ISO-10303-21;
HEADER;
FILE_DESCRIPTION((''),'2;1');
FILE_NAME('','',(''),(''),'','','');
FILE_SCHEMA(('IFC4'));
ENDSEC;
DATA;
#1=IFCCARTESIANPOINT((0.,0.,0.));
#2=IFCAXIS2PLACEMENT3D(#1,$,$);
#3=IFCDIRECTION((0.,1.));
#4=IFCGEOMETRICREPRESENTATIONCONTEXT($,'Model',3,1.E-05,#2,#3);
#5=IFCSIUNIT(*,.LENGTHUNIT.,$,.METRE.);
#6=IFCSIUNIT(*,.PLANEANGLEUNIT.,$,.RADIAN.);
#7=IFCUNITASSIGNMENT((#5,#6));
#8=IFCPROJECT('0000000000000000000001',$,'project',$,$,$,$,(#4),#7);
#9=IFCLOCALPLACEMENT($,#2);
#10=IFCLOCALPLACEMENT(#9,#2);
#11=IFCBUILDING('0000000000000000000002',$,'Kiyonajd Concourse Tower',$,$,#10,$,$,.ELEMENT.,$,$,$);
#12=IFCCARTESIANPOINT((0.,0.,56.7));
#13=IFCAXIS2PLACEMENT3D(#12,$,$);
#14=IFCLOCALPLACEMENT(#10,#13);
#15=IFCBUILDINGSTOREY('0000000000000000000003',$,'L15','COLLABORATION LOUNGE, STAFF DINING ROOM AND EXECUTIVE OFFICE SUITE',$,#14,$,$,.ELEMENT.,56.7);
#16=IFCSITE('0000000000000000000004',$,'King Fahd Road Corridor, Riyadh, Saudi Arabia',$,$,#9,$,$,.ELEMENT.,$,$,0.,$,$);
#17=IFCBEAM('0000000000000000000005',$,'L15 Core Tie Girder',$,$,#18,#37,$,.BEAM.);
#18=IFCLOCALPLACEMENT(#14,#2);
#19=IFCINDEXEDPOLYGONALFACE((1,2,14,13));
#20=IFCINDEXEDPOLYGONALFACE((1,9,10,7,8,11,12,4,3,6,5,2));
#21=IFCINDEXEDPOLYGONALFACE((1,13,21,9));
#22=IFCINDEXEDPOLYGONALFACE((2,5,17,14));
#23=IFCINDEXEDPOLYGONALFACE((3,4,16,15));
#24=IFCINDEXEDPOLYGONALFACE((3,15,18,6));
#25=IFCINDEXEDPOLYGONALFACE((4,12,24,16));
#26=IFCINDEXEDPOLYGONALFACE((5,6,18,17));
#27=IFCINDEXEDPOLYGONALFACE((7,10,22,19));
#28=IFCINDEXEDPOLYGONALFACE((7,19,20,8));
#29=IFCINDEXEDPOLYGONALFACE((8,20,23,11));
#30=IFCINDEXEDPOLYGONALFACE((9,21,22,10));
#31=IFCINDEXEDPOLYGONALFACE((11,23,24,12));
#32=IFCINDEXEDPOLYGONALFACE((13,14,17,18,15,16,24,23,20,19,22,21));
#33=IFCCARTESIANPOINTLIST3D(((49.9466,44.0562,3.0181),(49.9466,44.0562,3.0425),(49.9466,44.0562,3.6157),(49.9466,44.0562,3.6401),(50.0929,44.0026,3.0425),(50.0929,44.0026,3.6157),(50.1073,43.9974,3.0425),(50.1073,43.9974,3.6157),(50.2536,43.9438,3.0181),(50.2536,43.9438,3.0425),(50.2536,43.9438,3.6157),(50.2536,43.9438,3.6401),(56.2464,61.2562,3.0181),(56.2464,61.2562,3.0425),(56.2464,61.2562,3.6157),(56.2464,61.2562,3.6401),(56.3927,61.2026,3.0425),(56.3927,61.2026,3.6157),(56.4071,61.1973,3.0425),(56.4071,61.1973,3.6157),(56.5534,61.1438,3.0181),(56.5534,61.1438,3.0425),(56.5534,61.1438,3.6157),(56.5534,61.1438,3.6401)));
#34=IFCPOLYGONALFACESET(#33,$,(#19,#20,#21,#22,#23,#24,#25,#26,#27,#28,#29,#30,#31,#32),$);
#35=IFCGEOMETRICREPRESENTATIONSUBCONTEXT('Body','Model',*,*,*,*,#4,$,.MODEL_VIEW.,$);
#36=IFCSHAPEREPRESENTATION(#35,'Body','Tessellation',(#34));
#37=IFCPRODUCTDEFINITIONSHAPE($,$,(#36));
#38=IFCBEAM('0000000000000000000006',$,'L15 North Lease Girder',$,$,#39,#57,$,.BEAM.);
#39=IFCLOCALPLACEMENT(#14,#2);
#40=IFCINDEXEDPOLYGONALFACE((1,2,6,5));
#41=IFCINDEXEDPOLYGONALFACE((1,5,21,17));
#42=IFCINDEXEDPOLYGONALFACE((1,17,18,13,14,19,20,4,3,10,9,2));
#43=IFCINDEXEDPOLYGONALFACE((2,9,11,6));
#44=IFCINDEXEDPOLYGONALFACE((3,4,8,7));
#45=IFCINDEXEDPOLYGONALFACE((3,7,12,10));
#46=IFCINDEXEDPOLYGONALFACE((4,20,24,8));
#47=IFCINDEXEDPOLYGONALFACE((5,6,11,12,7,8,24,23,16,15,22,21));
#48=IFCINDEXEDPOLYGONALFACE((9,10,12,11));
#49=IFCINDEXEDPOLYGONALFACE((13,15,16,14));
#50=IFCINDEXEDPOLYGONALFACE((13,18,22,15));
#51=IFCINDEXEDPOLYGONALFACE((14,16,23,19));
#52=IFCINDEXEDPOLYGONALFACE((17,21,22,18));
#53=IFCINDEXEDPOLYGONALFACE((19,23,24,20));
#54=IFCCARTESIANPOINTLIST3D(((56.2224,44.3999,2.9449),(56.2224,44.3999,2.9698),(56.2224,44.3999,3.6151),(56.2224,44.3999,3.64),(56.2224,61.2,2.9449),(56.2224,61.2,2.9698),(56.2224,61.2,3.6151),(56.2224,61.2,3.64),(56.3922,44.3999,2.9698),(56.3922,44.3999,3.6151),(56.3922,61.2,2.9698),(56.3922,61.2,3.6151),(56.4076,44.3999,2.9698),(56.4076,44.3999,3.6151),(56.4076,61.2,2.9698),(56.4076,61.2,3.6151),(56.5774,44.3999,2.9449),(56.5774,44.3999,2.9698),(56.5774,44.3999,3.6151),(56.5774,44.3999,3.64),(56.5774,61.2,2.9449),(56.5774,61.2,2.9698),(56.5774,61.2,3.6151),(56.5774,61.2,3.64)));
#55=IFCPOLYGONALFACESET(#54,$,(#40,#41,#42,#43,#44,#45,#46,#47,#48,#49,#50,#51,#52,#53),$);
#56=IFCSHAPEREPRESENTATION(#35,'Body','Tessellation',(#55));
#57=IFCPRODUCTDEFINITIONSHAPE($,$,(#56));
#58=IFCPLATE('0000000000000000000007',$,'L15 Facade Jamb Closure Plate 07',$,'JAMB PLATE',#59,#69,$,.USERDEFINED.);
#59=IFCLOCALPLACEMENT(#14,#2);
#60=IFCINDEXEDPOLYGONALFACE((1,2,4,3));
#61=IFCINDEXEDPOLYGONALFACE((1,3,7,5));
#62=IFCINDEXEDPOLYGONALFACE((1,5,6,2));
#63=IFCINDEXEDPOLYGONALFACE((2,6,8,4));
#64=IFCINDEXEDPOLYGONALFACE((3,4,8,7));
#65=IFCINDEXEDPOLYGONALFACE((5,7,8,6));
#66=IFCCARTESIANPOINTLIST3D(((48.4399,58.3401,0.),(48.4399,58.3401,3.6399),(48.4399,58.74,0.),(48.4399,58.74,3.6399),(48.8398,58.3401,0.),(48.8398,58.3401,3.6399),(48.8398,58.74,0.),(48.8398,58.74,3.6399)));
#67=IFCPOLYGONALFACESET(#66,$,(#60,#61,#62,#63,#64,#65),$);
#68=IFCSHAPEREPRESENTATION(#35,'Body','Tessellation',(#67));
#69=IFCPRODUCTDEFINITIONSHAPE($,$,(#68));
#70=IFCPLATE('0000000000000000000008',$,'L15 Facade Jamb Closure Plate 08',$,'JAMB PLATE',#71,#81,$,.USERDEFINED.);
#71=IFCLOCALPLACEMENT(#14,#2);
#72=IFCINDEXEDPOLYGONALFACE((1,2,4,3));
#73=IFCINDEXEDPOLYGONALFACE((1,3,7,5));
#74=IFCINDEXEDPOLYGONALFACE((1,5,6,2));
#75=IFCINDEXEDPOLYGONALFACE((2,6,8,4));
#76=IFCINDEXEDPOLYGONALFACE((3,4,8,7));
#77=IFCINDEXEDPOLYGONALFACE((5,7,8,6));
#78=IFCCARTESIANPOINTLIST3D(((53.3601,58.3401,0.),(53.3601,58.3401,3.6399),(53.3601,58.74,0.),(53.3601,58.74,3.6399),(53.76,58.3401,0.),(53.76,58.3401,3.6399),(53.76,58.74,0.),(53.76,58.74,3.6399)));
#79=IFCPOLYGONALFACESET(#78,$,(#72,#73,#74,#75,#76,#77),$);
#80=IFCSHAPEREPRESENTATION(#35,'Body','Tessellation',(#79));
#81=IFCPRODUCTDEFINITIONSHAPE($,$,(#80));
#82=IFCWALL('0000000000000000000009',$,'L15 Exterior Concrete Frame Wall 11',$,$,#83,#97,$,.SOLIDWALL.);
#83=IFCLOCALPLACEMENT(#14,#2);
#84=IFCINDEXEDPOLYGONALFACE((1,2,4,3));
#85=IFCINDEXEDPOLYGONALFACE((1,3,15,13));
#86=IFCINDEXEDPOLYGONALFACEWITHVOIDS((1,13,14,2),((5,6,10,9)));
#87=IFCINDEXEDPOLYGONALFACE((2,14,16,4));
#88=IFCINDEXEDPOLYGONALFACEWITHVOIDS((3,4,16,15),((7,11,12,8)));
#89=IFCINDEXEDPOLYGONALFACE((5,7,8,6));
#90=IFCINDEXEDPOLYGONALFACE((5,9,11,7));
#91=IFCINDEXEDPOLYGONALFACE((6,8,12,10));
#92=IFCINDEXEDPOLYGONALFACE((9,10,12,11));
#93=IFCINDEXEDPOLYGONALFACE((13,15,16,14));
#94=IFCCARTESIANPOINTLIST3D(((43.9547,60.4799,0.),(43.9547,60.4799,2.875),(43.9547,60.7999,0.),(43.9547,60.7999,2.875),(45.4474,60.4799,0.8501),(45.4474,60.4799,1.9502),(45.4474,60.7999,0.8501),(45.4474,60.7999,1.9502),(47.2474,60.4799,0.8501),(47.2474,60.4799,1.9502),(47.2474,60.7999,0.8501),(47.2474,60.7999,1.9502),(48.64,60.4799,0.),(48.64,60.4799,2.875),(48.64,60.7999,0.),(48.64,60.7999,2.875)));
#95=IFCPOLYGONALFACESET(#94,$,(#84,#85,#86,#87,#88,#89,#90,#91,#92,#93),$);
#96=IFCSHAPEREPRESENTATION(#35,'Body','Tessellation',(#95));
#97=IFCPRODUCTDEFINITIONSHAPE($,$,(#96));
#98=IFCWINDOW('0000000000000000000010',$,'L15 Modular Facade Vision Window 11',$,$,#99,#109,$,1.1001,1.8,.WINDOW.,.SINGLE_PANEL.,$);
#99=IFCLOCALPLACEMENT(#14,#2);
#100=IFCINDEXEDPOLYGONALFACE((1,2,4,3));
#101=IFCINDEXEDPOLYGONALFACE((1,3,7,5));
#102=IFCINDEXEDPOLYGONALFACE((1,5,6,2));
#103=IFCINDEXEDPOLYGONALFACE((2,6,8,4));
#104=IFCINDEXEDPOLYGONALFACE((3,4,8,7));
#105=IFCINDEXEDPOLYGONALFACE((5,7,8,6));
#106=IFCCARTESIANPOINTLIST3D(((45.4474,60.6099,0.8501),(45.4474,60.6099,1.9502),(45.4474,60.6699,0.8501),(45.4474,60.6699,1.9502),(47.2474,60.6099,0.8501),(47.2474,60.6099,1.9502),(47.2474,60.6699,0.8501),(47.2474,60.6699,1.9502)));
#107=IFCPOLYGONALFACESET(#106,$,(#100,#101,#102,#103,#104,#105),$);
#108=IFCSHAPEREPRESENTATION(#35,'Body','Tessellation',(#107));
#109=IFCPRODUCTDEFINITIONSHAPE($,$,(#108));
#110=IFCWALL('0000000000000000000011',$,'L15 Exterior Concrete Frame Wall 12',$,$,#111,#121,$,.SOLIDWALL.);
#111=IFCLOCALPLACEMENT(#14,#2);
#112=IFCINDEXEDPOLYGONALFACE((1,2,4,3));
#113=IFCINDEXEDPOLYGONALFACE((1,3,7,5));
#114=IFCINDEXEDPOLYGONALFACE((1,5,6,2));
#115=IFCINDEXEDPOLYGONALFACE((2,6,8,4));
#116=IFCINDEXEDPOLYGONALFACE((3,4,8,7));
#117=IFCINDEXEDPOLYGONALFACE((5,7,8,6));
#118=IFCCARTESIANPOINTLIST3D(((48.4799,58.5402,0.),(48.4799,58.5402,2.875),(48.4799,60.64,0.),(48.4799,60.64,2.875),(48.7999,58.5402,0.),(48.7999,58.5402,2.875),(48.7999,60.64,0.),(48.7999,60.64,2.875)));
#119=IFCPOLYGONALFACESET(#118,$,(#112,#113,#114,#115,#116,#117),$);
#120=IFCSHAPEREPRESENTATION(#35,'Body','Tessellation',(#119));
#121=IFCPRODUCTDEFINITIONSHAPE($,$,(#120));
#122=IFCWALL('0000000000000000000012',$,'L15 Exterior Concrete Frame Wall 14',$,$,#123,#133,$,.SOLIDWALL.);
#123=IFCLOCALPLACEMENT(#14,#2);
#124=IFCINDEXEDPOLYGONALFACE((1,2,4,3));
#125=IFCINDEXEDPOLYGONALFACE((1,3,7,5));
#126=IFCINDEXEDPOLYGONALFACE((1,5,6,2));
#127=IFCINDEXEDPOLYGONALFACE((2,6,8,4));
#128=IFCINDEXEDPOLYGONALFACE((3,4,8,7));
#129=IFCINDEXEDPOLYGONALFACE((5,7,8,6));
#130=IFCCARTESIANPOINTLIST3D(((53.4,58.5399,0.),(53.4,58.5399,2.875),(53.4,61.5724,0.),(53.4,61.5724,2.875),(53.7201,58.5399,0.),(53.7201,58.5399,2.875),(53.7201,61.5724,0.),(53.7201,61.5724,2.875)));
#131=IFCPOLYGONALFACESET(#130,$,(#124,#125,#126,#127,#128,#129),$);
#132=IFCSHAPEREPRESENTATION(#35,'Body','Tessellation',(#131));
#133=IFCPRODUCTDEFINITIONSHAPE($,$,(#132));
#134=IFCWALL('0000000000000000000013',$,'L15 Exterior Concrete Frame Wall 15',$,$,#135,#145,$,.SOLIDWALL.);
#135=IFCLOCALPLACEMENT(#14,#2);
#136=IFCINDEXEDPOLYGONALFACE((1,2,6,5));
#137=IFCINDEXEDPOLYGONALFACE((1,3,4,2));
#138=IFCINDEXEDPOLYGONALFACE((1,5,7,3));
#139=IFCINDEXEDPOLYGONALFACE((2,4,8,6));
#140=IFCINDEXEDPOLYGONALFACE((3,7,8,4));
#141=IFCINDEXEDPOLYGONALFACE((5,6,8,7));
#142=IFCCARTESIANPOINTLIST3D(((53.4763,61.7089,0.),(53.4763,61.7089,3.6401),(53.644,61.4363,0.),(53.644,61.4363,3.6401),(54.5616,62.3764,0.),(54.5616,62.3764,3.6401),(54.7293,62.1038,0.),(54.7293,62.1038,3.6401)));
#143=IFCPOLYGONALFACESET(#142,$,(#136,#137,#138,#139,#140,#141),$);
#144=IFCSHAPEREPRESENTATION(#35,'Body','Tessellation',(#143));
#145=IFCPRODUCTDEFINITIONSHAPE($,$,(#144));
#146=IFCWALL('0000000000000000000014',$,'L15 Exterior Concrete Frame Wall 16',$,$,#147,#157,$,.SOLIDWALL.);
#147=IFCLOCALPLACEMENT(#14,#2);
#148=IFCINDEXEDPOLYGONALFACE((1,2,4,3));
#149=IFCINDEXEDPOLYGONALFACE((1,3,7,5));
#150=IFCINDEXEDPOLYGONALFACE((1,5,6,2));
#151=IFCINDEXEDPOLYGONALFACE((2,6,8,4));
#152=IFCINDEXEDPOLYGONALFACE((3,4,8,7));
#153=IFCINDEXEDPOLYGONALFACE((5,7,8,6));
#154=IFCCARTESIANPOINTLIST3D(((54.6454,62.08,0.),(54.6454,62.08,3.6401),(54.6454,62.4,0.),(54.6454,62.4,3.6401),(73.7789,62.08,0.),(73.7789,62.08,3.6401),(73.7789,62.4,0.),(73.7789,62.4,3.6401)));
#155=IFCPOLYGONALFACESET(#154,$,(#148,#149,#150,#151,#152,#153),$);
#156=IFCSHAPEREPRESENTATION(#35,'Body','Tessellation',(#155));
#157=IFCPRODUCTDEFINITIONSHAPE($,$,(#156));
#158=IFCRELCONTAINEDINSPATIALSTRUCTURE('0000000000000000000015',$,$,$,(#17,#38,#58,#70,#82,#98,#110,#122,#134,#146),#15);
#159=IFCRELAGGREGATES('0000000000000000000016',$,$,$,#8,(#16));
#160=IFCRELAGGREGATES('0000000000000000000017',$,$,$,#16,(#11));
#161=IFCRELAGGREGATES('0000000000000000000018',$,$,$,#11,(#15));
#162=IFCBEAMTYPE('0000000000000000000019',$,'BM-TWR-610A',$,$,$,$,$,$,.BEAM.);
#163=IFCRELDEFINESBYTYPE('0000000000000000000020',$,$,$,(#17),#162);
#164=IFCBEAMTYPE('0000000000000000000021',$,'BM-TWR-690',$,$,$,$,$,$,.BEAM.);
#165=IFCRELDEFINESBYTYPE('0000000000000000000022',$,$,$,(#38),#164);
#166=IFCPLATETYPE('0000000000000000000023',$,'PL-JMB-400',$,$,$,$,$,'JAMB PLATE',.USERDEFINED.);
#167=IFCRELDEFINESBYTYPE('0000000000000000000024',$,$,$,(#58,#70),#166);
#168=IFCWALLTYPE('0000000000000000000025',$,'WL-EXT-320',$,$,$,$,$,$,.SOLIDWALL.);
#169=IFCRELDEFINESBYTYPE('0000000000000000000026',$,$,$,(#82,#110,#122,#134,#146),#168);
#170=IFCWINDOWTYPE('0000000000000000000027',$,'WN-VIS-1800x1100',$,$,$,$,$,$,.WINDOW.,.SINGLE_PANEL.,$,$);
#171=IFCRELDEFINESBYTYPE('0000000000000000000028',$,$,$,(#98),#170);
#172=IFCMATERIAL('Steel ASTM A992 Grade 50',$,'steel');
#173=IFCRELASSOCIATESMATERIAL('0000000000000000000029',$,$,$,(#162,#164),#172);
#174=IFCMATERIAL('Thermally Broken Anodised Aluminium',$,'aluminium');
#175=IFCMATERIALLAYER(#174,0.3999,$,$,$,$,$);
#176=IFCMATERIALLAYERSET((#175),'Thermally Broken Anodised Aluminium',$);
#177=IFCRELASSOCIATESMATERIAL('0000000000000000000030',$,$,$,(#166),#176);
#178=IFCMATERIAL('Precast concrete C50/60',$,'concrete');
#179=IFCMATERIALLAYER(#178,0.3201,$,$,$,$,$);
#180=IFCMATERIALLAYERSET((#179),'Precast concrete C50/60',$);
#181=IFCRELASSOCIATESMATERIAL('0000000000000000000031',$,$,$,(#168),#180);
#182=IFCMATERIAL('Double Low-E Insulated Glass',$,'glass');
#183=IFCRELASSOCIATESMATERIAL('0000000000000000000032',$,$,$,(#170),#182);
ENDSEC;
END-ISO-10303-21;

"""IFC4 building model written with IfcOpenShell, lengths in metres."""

from ifc_helpers import new_model, si_unit, direction, frame, frame_2d, origin, origin_2d, place, context, subcontext, project, spatial, rectangle, i_section, extrude, material, layer, layer_set, material_profile, profile_set, type_object, element, fill, save


model = new_model("IFC4")

# Units and contexts
model_context = context("Model", 3, precision=1e-05, world=origin(), true_north=direction((0.0, 1.0)))
body_context = subcontext(model_context, "Body", "Model", "MODEL_VIEW")
ifc_project = project(units=[si_unit("LENGTHUNIT", "METRE"), si_unit("PLANEANGLEUNIT", "RADIAN")], contexts=[model_context])

# Site, building, storey
site_placement = place(None, origin())
site = spatial("IfcSite", under=ifc_project, at=site_placement, Name="King Fahd Road Corridor, Riyadh, Saudi Arabia", CompositionType="ELEMENT", RefElevation=0.0)
building_placement = place(site_placement, origin())
building = spatial("IfcBuilding", under=site, at=building_placement, Name="Kiyonajd Concourse Tower", CompositionType="ELEMENT")
storey_placement = place(building_placement, frame((0.0, 0.0, 56.7)))
storey = spatial("IfcBuildingStorey", under=building, at=storey_placement, Name="L15", Description="COLLABORATION LOUNGE, STAFF DINING ROOM AND EXECUTIVE OFFICE SUITE", CompositionType="ELEMENT", Elevation=56.7)

# Beams
ifc_material_1 = material(Name="Steel ASTM A992 Grade 50", Category="steel")
ifc_material_2 = material(Name="Precast concrete C50/60", Category="concrete")
ifc_material_profile_1 = material_profile(ifc_material_1, i_section(OverallWidth=0.3269, OverallDepth=0.6221, WebThickness=0.0154, FlangeThickness=0.0244, at=origin_2d()), Name="W610X195")
ifc_profile_set_1 = profile_set([ifc_material_profile_1], Name="Steel ASTM A992 Grade 50")
beam_type_1 = type_object("IfcBeamType", Name="BM-TWR-610A", PredefinedType="BEAM", material=ifc_profile_set_1)
beam_1_placement = place(storey_placement, frame((50.1001, 44.0, 3.3291), z_axis=(0.343925, 0.938997, 0.0), x_axis=(-0.938997, 0.343925, 0.0)))
element("IfcBeam", 1, at=beam_1_placement, inside=storey, type_object=beam_type_1, Name="L15 Core Tie Girder", PredefinedType="BEAM", context=body_context, shape_type="SweptSolid", body=[
    extrude(i_section(OverallWidth=0.3269, OverallDepth=0.6221, WebThickness=0.0154, FlangeThickness=0.0244, at=origin_2d()), origin(), (0.0, 0.0, 1.0), 18.3174),
])
ifc_material_profile_2 = material_profile(ifc_material_1, i_section(OverallWidth=0.355, OverallDepth=0.6951, WebThickness=0.0154, FlangeThickness=0.0249, at=origin_2d()), Name="W690X217")
ifc_profile_set_2 = profile_set([ifc_material_profile_2], Name="Steel ASTM A992 Grade 50")
beam_type_2 = type_object("IfcBeamType", Name="BM-TWR-690", PredefinedType="BEAM", material=ifc_profile_set_2)
beam_2_placement = place(storey_placement, frame((56.3999, 44.3999, 3.2925), z_axis=(0.0, 1.0, 0.0), x_axis=(-1.0, 0.0, 0.0)))
element("IfcBeam", 2, at=beam_2_placement, inside=storey, type_object=beam_type_2, Name="L15 North Lease Girder", PredefinedType="BEAM", context=body_context, shape_type="SweptSolid", body=[
    extrude(i_section(OverallWidth=0.355, OverallDepth=0.6951, WebThickness=0.0154, FlangeThickness=0.0249, at=origin_2d()), origin(), (0.0, 0.0, 1.0), 16.8),
])

# Plates
ifc_material_3 = material(Name="Thermally Broken Anodised Aluminium", Category="aluminium")
ifc_layer_1 = layer(ifc_material_3, 0.3999)
ifc_layer_set_1 = layer_set([ifc_layer_1], Name="Thermally Broken Anodised Aluminium")
plate_type = type_object("IfcPlateType", Name="PL-JMB-400", ElementType="JAMB PLATE", PredefinedType="USERDEFINED", material=ifc_layer_set_1)
for number, where, z_axis, x_axis, name in (
    (3, (48.6399, 58.54, 0.0), (0.0, 0.0, 1.0), (1.0, 0.0, 0.0), "L15 Facade Jamb Closure Plate 07"),
    (4, (53.5601, 58.54, 0.0), (0.0, 0.0, 1.0), (1.0, 0.0, 0.0), "L15 Facade Jamb Closure Plate 08"),
):
    element("IfcPlate", number, at=place(storey_placement, frame(where, z_axis=z_axis, x_axis=x_axis)), inside=storey, type_object=plate_type, Name=name, ObjectType="JAMB PLATE", PredefinedType="USERDEFINED", context=body_context, shape_type="SweptSolid", body=[
        extrude(rectangle(XDim=0.3999, YDim=0.3999, at=origin_2d()), origin(), (0.0, 0.0, 1.0), 3.6399),
    ])

# Wall, opening, window
ifc_layer_2 = layer(ifc_material_2, 0.3201)
ifc_layer_set_2 = layer_set([ifc_layer_2], Name="Precast concrete C50/60")
wall_type_1 = type_object("IfcWallType", Name="WL-EXT-320", PredefinedType="SOLIDWALL", material=ifc_layer_set_2)
wall_1_placement = place(storey_placement, frame((43.9546, 60.6399, 0.0), z_axis=(0.0, 0.0, 1.0), x_axis=(1.0, 0.0, 0.0)))
wall_1 = element("IfcWall", 5, at=wall_1_placement, inside=storey, type_object=wall_type_1, Name="L15 Exterior Concrete Frame Wall 11", PredefinedType="SOLIDWALL", context=body_context, shape_type="SweptSolid", body=[
    extrude(rectangle(XDim=4.6853, YDim=0.3201, at=frame_2d((2.3428, 0.0))), origin(), (0.0, 0.0, 1.0), 2.875),
])
opening_1_placement = place(wall_1_placement, frame((1.4929, 0.0, 0.8501)))
opening_1 = element("IfcOpeningElement", 6, at=opening_1_placement, cuts=wall_1, PredefinedType="OPENING", context=body_context, shape_type="SweptSolid", body=[
    extrude(rectangle(XDim=1.8, YDim=1.1001, at=frame_2d((0.8999, 0.55))), frame((0.0, 0.1699, 0.0), z_axis=(0.0, -1.0, 0.0), x_axis=(1.0, 0.0, 0.0)), (0.0, 0.0, 1.0), 0.3401),
])
ifc_material_4 = material(Name="Double Low-E Insulated Glass", Category="glass")
window_type = type_object("IfcWindowType", Name="WN-VIS-1800x1100", PartitioningType="SINGLE_PANEL", PredefinedType="WINDOW", material=ifc_material_4)
window_placement = place(opening_1_placement, origin())
window = element("IfcWindow", 7, at=window_placement, inside=storey, type_object=window_type, Name="L15 Modular Facade Vision Window 11", OverallHeight=1.1001, OverallWidth=1.8, PartitioningType="SINGLE_PANEL", PredefinedType="WINDOW", context=body_context, shape_type="SweptSolid", body=[
    extrude(rectangle(XDim=1.8, YDim=1.1001, at=frame_2d((0.8999, 0.55))), frame((0.0, 0.03, 0.0), z_axis=(0.0, -1.0, 0.0), x_axis=(1.0, 0.0, 0.0)), (0.0, 0.0, 1.0), 0.0601),
])
fill(opening_1, window)

# Walls
wall_2_placement = place(storey_placement, frame((48.6399, 60.6399, 0.0), z_axis=(0.0, 0.0, 1.0), x_axis=(0.0, -1.0, 0.0)))
element("IfcWall", 8, at=wall_2_placement, inside=storey, type_object=wall_type_1, Name="L15 Exterior Concrete Frame Wall 12", PredefinedType="SOLIDWALL", context=body_context, shape_type="SweptSolid", body=[
    extrude(rectangle(XDim=2.0999, YDim=0.3201, at=frame_2d((1.0498, 0.0))), origin(), (0.0, 0.0, 1.0), 2.875),
])
wall_3_placement = place(storey_placement, frame((53.5601, 58.54, 0.0), z_axis=(0.0, 0.0, 1.0), x_axis=(0.0, 1.0, 0.0)))
element("IfcWall", 9, at=wall_3_placement, inside=storey, type_object=wall_type_1, Name="L15 Exterior Concrete Frame Wall 14", PredefinedType="SOLIDWALL", context=body_context, shape_type="SweptSolid", body=[
    extrude(rectangle(XDim=3.0325, YDim=0.3201, at=frame_2d((1.5161, 0.0))), origin(), (0.0, 0.0, 1.0), 2.875),
])
wall_4_placement = place(storey_placement, frame((53.5601, 61.5725, 0.0), z_axis=(0.0, 0.0, 1.0), x_axis=(0.851777, 0.523905, 0.0)))
element("IfcWall", 10, at=wall_4_placement, inside=storey, type_object=wall_type_1, Name="L15 Exterior Concrete Frame Wall 15", PredefinedType="SOLIDWALL", context=body_context, shape_type="SweptSolid", body=[
    extrude(rectangle(XDim=1.2742, YDim=0.3201, at=frame_2d((0.6372, 0.0))), origin(), (0.0, 0.0, 1.0), 3.6401),
])
wall_5_placement = place(storey_placement, frame((54.6453, 62.24, 0.0), z_axis=(0.0, 0.0, 1.0), x_axis=(1.0, 0.0, 0.0)))
element("IfcWall", 11, at=wall_5_placement, inside=storey, type_object=wall_type_1, Name="L15 Exterior Concrete Frame Wall 16", PredefinedType="SOLIDWALL", context=body_context, shape_type="SweptSolid", body=[
    extrude(rectangle(XDim=19.1335, YDim=0.3201, at=frame_2d((9.5669, 0.0))), origin(), (0.0, 0.0, 1.0), 3.6401),
])

save(model, "model.ifc")
